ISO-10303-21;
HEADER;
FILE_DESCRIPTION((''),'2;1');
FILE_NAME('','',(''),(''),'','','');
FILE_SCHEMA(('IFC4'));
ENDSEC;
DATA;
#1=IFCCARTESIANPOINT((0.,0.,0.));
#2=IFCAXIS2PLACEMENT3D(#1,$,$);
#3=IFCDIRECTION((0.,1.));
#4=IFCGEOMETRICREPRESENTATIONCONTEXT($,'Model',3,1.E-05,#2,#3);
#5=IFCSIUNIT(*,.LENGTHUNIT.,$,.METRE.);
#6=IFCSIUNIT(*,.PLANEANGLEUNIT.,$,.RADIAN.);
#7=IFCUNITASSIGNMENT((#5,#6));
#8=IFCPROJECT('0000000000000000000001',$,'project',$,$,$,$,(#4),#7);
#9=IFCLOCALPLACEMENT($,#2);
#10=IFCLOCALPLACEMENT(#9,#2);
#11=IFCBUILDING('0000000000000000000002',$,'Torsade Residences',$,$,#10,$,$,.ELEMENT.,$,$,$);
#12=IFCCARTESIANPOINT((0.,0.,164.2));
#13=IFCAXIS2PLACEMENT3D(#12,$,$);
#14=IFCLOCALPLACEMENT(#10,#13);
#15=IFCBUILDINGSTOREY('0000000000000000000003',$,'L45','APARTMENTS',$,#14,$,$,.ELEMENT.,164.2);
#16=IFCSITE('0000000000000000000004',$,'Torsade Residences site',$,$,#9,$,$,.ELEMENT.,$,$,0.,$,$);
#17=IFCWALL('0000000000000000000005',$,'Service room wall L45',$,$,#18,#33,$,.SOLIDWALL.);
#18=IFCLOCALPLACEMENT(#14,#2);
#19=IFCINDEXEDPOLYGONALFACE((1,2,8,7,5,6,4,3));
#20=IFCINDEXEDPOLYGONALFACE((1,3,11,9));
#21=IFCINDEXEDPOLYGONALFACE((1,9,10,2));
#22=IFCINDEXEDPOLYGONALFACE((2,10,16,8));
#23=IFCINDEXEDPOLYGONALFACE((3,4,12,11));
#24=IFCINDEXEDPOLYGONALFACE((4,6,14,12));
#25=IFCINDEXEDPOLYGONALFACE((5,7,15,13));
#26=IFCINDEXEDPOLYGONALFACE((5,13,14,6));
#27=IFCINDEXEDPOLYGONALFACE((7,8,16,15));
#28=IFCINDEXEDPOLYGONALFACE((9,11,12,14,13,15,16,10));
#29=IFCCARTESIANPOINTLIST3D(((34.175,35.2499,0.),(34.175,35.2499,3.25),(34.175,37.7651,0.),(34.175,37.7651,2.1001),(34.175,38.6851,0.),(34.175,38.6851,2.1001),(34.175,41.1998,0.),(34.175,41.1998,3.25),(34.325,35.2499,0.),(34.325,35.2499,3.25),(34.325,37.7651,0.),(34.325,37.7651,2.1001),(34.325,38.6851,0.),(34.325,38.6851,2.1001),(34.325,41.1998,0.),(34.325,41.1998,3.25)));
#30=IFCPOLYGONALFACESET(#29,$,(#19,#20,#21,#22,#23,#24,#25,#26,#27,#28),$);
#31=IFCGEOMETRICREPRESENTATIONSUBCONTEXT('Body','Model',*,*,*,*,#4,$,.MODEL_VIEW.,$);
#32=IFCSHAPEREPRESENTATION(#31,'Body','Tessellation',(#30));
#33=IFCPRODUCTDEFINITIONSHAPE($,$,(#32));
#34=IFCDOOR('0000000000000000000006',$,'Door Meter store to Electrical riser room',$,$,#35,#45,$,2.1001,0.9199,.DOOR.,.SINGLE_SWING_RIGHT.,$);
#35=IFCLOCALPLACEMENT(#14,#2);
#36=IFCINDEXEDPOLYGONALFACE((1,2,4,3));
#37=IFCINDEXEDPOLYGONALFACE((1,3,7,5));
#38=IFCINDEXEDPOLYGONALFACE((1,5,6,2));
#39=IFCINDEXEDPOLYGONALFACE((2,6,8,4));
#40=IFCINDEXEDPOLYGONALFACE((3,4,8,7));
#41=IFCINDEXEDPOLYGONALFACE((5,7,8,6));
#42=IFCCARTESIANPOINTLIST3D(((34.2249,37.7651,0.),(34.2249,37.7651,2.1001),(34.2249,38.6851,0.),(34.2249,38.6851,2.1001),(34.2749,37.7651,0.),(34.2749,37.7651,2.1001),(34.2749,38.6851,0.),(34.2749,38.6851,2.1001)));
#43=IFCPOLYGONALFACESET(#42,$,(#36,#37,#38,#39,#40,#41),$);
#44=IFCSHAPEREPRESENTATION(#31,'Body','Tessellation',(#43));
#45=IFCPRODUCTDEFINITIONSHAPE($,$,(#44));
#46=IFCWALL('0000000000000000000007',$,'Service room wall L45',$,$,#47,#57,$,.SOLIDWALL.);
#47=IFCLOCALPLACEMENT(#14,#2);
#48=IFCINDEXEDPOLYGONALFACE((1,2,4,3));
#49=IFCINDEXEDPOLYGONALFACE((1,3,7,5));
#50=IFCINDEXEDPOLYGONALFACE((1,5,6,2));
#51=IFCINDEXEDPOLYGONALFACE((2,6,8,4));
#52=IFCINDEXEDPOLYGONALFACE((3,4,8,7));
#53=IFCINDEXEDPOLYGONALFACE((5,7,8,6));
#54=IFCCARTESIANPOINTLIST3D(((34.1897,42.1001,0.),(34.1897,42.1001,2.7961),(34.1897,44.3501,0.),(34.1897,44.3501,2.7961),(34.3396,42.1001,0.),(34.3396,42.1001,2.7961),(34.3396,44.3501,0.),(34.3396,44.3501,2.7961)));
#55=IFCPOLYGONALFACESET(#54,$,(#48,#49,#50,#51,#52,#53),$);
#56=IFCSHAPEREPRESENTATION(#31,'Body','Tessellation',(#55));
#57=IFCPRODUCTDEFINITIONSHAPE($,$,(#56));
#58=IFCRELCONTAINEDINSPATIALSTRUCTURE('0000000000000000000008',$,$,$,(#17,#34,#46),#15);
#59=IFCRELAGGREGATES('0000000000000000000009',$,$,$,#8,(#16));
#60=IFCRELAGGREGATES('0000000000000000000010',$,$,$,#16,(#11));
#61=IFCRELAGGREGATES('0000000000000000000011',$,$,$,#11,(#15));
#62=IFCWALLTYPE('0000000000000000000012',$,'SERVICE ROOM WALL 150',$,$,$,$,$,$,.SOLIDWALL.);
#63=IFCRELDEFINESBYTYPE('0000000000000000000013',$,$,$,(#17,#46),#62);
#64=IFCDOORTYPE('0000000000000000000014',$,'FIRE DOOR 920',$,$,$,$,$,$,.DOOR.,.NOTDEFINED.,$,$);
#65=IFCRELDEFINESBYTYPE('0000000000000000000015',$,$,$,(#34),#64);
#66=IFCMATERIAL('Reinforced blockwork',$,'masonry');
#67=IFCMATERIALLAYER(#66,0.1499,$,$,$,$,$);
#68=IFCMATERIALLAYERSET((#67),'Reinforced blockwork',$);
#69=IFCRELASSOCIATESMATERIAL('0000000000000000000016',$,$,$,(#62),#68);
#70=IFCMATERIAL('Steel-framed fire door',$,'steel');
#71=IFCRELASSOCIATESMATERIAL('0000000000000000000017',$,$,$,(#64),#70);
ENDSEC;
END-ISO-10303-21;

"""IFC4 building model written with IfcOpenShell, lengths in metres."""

from ifc_helpers import new_model, si_unit, direction, frame, frame_2d, origin, place, context, subcontext, project, spatial, rectangle, extrude, material, layer, layer_set, type_object, element, fill, save


model = new_model("IFC4")

# Units and contexts
model_context = context("Model", 3, precision=1e-05, world=origin(), true_north=direction((0.0, 1.0)))
body_context = subcontext(model_context, "Body", "Model", "MODEL_VIEW")
ifc_project = project(units=[si_unit("LENGTHUNIT", "METRE"), si_unit("PLANEANGLEUNIT", "RADIAN")], contexts=[model_context])

# Site, building, storey
site_placement = place(None, origin())
site = spatial("IfcSite", under=ifc_project, at=site_placement, Name="Torsade Residences site", CompositionType="ELEMENT", RefElevation=0.0)
building_placement = place(site_placement, origin())
building = spatial("IfcBuilding", under=site, at=building_placement, Name="Torsade Residences", CompositionType="ELEMENT")
storey_placement = place(building_placement, frame((0.0, 0.0, 164.2)))
storey = spatial("IfcBuildingStorey", under=building, at=storey_placement, Name="L45", Description="APARTMENTS", CompositionType="ELEMENT", Elevation=164.2)

# Wall, opening, door
ifc_material_1 = material(Name="Reinforced blockwork", Category="masonry")
ifc_layer_1 = layer(ifc_material_1, 0.1499)
ifc_layer_set_1 = layer_set([ifc_layer_1], Name="Reinforced blockwork")
wall_type_1 = type_object("IfcWallType", Name="SERVICE ROOM WALL 150", PredefinedType="SOLIDWALL", material=ifc_layer_set_1)
wall_1_placement = place(storey_placement, frame((34.25, 41.2, 0.0), z_axis=(0.0, 0.0, 1.0), x_axis=(0.0, -1.0, 0.0)))
wall_1 = element("IfcWall", 1, at=wall_1_placement, inside=storey, type_object=wall_type_1, Name="Service room wall L45", PredefinedType="SOLIDWALL", context=body_context, shape_type="SweptSolid", body=[
    extrude(rectangle(XDim=5.95, YDim=0.1499, at=frame_2d((2.9751, 0.0))), origin(), (0.0, 0.0, 1.0), 3.25),
])
opening_1_placement = place(wall_1_placement, frame((2.5149, 0.0, 0.0)))
opening_1 = element("IfcOpeningElement", 2, at=opening_1_placement, cuts=wall_1, PredefinedType="OPENING", context=body_context, shape_type="SweptSolid", body=[
    extrude(rectangle(XDim=0.9199, YDim=2.1001, at=frame_2d((0.46, 1.05))), frame((0.0, 0.085, 0.0), z_axis=(0.0, -1.0, 0.0), x_axis=(1.0, 0.0, 0.0)), (0.0, 0.0, 1.0), 0.1699),
])
ifc_material_2 = material(Name="Steel-framed fire door", Category="steel")
door_type_1 = type_object("IfcDoorType", Name="FIRE DOOR 920", OperationType="NOTDEFINED", PredefinedType="DOOR", material=ifc_material_2)
door_1_placement = place(opening_1_placement, origin())
door_1 = element("IfcDoor", 3, at=door_1_placement, inside=storey, type_object=door_type_1, Name="Door Meter store to Electrical riser room", OperationType="SINGLE_SWING_RIGHT", OverallHeight=2.1001, OverallWidth=0.9199, PredefinedType="DOOR", context=body_context, shape_type="SweptSolid", body=[
    extrude(rectangle(XDim=0.9199, YDim=2.1001, at=frame_2d((0.46, 1.05))), frame((0.0, 0.0249, 0.0), z_axis=(0.0, -1.0, 0.0), x_axis=(1.0, 0.0, 0.0)), (0.0, 0.0, 1.0), 0.05),
])
fill(opening_1, door_1)

# Wall
wall_2_placement = place(storey_placement, frame((34.2646, 42.1001, 0.0), z_axis=(0.0, 0.0, 1.0), x_axis=(0.0, 1.0, 0.0)))
element("IfcWall", 4, at=wall_2_placement, inside=storey, type_object=wall_type_1, Name="Service room wall L45", PredefinedType="SOLIDWALL", context=body_context, shape_type="SweptSolid", body=[
    extrude(rectangle(XDim=2.25, YDim=0.1499, at=frame_2d((1.125, 0.0))), origin(), (0.0, 0.0, 1.0), 2.7961),
])

save(model, "model.ifc")
